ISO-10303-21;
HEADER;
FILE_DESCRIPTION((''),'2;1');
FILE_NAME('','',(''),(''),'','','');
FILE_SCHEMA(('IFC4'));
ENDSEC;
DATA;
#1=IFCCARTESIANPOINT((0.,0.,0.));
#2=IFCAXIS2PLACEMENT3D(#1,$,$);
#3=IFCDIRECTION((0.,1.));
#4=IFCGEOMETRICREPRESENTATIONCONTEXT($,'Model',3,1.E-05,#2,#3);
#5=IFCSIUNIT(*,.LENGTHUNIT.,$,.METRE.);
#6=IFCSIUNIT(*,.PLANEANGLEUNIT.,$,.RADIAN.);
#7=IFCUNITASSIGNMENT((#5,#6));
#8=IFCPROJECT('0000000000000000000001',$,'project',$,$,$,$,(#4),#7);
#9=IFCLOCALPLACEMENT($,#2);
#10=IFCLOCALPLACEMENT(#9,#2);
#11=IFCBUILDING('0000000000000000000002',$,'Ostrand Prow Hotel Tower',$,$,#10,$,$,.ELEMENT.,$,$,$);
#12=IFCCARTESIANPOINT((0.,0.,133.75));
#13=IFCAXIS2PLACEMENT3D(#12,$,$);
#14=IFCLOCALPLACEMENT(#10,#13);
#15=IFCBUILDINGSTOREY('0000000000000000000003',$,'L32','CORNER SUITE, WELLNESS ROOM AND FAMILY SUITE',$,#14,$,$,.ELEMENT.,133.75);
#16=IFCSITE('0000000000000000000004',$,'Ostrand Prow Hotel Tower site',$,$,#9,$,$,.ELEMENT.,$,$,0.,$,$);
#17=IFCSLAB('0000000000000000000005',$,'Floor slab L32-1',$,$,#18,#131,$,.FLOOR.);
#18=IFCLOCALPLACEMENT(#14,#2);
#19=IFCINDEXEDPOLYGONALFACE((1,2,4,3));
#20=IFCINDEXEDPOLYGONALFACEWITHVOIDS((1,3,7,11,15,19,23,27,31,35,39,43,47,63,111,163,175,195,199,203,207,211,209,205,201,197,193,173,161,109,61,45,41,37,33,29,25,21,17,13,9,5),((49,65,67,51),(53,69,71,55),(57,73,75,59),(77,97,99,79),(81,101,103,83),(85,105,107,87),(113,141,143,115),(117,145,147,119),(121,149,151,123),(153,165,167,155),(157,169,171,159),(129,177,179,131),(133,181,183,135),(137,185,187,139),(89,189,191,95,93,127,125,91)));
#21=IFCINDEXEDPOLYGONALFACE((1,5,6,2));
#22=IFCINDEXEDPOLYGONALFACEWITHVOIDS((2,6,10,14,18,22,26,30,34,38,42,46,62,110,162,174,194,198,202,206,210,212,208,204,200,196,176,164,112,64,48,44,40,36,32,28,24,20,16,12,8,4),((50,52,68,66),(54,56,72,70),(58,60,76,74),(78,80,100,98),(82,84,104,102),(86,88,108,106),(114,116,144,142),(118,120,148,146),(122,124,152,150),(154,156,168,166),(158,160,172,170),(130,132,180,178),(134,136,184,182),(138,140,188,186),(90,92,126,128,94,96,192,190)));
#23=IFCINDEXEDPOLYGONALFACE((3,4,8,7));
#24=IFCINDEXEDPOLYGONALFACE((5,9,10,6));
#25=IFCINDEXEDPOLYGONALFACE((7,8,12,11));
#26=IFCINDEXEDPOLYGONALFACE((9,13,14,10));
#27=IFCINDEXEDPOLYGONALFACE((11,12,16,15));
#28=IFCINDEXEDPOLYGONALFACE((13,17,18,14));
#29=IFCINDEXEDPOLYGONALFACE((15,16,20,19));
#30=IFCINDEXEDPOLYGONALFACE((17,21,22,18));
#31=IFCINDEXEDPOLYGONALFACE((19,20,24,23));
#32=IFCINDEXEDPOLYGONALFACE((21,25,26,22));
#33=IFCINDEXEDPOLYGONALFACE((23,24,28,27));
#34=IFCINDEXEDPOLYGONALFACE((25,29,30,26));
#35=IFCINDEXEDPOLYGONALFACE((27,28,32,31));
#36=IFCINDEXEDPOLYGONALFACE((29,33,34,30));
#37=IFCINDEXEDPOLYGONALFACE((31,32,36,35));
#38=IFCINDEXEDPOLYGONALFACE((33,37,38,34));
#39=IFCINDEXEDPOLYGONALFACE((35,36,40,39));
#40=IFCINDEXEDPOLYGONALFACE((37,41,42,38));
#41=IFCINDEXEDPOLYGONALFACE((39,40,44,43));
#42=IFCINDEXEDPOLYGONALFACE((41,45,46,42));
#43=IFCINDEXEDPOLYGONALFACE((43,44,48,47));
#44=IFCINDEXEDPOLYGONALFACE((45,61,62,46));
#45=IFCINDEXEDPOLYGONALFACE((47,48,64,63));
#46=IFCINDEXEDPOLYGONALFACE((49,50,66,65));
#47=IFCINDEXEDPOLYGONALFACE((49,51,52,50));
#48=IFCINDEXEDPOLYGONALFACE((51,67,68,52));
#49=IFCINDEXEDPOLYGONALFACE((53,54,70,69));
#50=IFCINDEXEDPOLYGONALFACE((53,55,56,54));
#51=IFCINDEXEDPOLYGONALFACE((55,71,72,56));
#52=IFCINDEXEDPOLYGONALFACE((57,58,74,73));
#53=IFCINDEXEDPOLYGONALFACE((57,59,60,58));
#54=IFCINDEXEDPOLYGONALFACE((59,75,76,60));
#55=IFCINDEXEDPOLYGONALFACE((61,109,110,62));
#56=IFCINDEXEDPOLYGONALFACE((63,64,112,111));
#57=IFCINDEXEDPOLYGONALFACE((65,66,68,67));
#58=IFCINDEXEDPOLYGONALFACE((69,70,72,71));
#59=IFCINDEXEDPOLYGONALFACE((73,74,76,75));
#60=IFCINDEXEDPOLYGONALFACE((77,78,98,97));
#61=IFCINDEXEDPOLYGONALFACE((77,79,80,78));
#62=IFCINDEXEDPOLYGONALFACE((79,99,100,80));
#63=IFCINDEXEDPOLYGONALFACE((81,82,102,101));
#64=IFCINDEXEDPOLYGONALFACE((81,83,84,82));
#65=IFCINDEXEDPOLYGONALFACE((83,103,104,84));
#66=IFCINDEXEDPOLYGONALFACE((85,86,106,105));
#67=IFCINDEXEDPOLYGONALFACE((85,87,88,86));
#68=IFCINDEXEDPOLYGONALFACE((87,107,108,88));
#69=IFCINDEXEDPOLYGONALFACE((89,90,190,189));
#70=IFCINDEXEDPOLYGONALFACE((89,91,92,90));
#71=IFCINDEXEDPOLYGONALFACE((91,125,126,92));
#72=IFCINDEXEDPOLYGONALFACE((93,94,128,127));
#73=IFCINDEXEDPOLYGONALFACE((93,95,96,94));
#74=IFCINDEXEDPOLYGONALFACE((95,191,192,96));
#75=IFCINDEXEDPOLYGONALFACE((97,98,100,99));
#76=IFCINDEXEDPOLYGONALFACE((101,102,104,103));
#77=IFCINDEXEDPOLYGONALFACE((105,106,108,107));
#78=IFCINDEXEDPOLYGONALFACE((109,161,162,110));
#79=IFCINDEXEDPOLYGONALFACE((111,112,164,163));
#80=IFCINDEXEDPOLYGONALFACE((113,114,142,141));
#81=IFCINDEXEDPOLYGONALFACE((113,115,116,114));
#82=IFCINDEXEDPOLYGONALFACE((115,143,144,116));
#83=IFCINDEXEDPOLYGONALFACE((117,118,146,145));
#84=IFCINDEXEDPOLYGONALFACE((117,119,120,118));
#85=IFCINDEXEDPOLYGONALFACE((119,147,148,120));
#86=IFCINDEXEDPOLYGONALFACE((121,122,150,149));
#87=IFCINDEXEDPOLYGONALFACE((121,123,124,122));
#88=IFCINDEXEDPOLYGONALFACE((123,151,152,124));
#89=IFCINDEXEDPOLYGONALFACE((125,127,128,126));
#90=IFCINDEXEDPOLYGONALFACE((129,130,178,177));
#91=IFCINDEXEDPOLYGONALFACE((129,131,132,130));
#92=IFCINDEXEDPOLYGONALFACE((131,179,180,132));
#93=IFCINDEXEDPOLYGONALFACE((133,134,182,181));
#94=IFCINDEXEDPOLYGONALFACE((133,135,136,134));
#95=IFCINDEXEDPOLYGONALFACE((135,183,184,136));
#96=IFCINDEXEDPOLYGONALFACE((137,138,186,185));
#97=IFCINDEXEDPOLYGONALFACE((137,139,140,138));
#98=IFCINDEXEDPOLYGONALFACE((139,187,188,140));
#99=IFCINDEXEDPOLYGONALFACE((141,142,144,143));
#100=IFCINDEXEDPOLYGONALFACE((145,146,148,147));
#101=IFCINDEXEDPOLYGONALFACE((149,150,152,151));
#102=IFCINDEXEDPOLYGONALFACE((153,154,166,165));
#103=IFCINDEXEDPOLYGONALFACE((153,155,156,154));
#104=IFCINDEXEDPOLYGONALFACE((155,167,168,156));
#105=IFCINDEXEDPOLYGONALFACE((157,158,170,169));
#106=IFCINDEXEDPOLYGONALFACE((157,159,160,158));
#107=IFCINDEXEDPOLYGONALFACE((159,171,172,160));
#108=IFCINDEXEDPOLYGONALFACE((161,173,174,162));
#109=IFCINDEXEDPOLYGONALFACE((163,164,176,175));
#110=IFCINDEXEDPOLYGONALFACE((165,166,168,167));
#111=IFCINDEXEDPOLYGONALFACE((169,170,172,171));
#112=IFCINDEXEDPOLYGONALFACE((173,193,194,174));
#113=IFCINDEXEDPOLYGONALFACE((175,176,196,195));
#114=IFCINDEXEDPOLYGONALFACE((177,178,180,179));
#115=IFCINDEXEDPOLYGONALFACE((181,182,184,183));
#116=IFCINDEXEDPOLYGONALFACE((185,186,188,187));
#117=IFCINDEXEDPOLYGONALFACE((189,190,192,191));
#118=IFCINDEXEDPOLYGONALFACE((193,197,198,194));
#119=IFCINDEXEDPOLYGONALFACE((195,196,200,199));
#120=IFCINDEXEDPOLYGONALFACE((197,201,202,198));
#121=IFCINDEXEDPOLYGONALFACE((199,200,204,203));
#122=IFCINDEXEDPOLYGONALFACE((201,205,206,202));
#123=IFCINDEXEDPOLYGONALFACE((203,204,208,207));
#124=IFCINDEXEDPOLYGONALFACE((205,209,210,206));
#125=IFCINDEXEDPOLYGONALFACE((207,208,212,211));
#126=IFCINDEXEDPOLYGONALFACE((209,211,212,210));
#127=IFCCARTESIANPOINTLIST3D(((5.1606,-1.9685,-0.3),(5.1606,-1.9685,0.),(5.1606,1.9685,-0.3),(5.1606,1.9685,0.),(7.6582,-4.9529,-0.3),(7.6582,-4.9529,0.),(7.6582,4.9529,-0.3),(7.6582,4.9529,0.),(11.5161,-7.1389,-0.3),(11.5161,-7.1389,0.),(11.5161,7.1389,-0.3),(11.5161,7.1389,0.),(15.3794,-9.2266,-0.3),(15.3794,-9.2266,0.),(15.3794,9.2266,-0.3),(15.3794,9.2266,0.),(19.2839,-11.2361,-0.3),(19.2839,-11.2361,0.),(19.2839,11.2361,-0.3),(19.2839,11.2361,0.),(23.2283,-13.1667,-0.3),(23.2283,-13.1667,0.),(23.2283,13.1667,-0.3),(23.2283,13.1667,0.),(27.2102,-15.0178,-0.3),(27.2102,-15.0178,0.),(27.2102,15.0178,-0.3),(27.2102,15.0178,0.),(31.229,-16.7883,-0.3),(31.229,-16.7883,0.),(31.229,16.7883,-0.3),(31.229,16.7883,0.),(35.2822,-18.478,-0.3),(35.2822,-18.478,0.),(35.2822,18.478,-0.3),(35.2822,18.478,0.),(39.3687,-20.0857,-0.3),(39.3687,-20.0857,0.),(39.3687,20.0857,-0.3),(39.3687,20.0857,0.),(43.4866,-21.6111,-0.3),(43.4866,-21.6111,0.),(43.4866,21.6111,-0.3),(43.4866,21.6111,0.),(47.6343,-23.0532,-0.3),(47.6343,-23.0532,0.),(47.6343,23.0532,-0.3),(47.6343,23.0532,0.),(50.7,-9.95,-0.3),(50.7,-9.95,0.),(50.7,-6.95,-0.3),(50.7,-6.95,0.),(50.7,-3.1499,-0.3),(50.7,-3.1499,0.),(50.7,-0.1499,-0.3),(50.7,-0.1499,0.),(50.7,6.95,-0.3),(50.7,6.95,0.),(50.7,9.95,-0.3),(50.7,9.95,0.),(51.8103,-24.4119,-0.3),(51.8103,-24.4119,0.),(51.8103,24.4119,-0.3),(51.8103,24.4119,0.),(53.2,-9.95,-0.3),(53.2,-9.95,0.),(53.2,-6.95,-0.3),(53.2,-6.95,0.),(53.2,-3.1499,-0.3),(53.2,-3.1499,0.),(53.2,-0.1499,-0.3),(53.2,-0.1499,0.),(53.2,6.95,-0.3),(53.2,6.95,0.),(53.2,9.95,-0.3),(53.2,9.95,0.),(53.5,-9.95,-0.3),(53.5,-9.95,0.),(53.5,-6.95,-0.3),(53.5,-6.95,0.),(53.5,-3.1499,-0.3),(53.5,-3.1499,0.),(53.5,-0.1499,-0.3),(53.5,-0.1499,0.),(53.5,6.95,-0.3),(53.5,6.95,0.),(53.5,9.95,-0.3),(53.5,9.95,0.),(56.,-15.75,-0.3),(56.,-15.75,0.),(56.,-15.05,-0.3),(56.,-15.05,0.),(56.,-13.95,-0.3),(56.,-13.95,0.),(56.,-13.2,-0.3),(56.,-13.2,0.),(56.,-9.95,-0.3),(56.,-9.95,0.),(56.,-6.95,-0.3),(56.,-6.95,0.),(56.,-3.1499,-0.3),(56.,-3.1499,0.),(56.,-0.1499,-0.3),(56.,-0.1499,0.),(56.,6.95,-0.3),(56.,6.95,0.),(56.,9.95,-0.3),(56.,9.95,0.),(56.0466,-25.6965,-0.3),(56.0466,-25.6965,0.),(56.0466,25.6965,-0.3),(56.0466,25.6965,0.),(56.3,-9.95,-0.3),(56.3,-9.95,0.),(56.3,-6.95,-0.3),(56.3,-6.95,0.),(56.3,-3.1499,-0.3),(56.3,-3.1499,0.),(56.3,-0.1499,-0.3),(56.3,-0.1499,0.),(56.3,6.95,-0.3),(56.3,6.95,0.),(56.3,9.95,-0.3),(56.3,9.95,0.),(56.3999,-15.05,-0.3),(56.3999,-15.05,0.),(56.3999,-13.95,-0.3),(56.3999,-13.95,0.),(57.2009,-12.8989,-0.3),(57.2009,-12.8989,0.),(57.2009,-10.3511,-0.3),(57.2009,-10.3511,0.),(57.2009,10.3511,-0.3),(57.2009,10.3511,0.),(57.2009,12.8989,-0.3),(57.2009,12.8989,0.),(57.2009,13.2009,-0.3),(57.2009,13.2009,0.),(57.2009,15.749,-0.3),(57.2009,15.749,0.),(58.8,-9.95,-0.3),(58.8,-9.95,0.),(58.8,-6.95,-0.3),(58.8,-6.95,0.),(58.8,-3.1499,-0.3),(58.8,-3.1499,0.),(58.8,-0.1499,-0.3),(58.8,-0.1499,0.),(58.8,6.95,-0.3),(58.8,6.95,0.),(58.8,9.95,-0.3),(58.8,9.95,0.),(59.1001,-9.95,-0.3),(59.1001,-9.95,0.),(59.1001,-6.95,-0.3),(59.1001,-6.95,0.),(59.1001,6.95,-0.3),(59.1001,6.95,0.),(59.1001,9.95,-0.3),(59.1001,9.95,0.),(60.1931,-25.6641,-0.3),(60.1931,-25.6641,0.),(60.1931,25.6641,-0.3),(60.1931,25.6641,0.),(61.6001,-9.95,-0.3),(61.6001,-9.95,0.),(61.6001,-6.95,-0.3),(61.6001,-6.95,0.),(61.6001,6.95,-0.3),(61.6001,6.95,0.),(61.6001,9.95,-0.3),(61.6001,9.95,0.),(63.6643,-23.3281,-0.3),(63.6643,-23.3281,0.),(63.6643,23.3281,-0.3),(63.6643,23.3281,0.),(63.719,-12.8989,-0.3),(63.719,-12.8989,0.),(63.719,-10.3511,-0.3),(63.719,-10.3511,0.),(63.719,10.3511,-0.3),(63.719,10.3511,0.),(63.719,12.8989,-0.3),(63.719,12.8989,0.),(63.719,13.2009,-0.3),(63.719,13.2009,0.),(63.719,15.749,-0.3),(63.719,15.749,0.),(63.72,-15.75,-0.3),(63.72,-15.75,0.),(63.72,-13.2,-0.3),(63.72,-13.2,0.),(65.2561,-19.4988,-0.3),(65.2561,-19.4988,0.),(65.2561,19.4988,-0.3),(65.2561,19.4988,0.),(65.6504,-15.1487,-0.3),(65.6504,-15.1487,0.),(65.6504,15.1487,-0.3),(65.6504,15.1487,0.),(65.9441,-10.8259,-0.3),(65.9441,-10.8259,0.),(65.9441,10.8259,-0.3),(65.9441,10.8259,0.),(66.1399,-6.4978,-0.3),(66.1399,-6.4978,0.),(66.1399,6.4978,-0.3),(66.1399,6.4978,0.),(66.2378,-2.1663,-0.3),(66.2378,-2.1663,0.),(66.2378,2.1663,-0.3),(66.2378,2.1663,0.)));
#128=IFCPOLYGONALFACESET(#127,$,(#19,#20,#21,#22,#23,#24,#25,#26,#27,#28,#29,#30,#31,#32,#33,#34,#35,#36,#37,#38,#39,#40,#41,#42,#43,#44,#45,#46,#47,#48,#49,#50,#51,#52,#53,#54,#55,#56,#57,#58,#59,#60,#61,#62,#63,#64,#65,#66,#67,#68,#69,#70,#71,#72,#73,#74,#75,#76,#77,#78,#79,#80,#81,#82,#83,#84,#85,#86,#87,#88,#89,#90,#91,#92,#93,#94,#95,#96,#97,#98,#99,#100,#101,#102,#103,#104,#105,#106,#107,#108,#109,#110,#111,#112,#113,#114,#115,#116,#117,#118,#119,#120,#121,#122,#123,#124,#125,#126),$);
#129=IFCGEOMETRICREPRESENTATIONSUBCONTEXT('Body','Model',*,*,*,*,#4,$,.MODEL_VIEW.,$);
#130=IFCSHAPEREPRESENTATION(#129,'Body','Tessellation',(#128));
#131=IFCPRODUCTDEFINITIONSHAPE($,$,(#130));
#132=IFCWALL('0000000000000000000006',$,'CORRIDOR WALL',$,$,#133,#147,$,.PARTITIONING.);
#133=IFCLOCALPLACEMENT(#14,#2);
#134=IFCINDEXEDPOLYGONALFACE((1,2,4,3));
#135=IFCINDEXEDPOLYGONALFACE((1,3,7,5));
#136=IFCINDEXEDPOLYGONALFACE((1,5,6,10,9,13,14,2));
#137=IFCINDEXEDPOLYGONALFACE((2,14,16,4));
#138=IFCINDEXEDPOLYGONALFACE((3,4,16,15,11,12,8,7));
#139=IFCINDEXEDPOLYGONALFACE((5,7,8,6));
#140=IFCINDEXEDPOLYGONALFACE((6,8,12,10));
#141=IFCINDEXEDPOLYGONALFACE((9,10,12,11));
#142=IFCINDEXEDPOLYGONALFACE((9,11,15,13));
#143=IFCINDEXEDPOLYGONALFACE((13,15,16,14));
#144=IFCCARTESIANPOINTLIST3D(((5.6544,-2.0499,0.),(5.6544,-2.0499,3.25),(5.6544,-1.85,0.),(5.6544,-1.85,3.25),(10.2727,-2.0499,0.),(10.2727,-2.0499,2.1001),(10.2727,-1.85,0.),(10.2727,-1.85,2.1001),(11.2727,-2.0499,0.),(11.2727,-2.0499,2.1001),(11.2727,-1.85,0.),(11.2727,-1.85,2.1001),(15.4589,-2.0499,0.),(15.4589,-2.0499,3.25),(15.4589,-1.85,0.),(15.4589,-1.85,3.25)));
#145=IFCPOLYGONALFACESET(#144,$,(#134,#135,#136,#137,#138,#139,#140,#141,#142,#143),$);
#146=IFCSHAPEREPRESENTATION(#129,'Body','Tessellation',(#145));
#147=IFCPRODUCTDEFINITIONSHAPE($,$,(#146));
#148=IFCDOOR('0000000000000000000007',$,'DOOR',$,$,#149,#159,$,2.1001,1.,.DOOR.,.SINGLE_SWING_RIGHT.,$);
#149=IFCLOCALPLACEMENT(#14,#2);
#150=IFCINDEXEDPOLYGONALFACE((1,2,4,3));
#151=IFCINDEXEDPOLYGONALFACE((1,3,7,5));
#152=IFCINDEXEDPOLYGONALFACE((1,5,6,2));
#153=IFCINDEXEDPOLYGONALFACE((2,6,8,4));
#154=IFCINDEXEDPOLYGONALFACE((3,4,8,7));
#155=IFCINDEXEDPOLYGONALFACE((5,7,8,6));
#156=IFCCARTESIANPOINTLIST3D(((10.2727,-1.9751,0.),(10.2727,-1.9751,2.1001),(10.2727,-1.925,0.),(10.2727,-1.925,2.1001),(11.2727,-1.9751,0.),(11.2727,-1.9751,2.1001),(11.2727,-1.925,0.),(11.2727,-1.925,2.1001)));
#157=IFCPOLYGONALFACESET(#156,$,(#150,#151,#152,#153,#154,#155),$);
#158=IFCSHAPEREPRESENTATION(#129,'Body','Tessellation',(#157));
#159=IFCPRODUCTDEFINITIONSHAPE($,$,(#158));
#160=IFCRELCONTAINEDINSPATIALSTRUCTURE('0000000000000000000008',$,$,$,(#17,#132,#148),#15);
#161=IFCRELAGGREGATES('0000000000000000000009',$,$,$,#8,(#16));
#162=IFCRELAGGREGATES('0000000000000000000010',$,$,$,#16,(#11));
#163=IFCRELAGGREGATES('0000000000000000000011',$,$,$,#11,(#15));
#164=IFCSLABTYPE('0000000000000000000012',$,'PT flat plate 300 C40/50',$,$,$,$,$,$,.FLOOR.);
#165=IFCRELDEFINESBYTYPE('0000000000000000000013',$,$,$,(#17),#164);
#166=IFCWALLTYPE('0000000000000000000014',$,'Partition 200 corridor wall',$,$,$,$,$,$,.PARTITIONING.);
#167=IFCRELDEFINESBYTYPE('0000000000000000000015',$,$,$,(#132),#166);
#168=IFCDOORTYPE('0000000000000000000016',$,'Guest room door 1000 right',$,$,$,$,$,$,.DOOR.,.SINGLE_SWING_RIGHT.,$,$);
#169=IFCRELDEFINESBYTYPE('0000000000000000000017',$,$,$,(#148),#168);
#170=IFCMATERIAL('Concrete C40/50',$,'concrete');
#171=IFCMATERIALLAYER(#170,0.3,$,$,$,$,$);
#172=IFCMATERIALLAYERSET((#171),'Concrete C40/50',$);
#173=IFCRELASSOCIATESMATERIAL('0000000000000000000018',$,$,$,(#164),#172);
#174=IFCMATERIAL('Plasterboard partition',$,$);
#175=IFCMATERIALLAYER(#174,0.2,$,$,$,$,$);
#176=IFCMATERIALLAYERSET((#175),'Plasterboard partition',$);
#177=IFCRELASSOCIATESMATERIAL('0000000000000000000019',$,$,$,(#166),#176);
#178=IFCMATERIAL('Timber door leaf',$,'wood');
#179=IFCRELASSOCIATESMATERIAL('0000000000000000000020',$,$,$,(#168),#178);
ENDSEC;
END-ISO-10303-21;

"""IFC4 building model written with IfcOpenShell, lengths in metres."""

from ifc_helpers import new_model, si_unit, direction, frame, frame_2d, origin, place, context, subcontext, project, spatial, polyline, rectangle, outline, extrude, material, layer, layer_set, type_object, element, fill, save


model = new_model("IFC4")

# Units and contexts
model_context = context("Model", 3, precision=1e-05, world=origin(), true_north=direction((0.0, 1.0)))
body_context = subcontext(model_context, "Body", "Model", "MODEL_VIEW")
ifc_project = project(units=[si_unit("LENGTHUNIT", "METRE"), si_unit("PLANEANGLEUNIT", "RADIAN")], contexts=[model_context])

# Site, building, storey
site_placement = place(None, origin())
site = spatial("IfcSite", under=ifc_project, at=site_placement, Name="Ostrand Prow Hotel Tower site", CompositionType="ELEMENT", RefElevation=0.0)
building_placement = place(site_placement, origin())
building = spatial("IfcBuilding", under=site, at=building_placement, Name="Ostrand Prow Hotel Tower", CompositionType="ELEMENT")
storey_placement = place(building_placement, frame((0.0, 0.0, 133.75)))
storey = spatial("IfcBuildingStorey", under=building, at=storey_placement, Name="L32", Description="CORNER SUITE, WELLNESS ROOM AND FAMILY SUITE", CompositionType="ELEMENT", Elevation=133.75)

# Slab, opening
ifc_material_1 = material(Name="Concrete C40/50", Category="concrete")
ifc_layer_1 = layer(ifc_material_1, 0.3)
ifc_layer_set_1 = layer_set([ifc_layer_1], Name="Concrete C40/50")
slab_type = type_object("IfcSlabType", Name="PT flat plate 300 C40/50", PredefinedType="FLOOR", material=ifc_layer_set_1)
slab_placement = place(storey_placement, frame((0.0, 0.0, -0.3)))
slab = element("IfcSlab", 1, at=slab_placement, inside=storey, type_object=slab_type, Name="Floor slab L32-1", PredefinedType="FLOOR", context=body_context, shape_type="SweptSolid", body=[
    extrude(outline(polyline([(7.6582, 4.9529), (11.5161, 7.1389), (15.3794, 9.2266), (19.2839, 11.2361), (23.2283, 13.1667), (27.2102, 15.0178), (31.229, 16.7883), (35.2822, 18.478), (39.3687, 20.0857), (43.4866, 21.6111), (47.6343, 23.0532), (51.8103, 24.4119), (56.0466, 25.6965), (60.1931, 25.6641), (63.6643, 23.3281), (65.2561, 19.4988), (65.6504, 15.1487), (65.9441, 10.8259), (66.1399, 6.4978), (66.2378, 2.1663), (66.2378, -2.1663), (66.1399, -6.4978), (65.9441, -10.8259), (65.6504, -15.1487), (65.2561, -19.4988), (63.6643, -23.3281), (60.1931, -25.6641), (56.0466, -25.6965), (51.8103, -24.4119), (47.6343, -23.0532), (43.4866, -21.6111), (39.3687, -20.0857), (35.2822, -18.478), (31.229, -16.7883), (27.2102, -15.0178), (23.2283, -13.1667), (19.2839, -11.2361), (15.3794, -9.2266), (11.5161, -7.1389), (7.6582, -4.9529), (5.1606, -1.9685), (5.1606, 1.9685), (7.6582, 4.9529)]), holes=[polyline([(50.7, 6.95), (53.2, 6.95), (53.2, 9.95), (50.7, 9.95), (50.7, 6.95)]), polyline([(53.5, 6.95), (56.0, 6.95), (56.0, 9.95), (53.5, 9.95), (53.5, 6.95)]), polyline([(56.3, 6.95), (58.8, 6.95), (58.8, 9.95), (56.3, 9.95), (56.3, 6.95)]), polyline([(59.1001, 6.95), (61.6001, 6.95), (61.6001, 9.95), (59.1001, 9.95), (59.1001, 6.95)]), polyline([(50.7, -3.1499), (53.2, -3.1499), (53.2, -0.1499), (50.7, -0.1499), (50.7, -3.1499)]), polyline([(53.5, -3.1499), (56.0, -3.1499), (56.0, -0.1499), (53.5, -0.1499), (53.5, -3.1499)]), polyline([(56.3, -3.1499), (58.8, -3.1499), (58.8, -0.1499), (56.3, -0.1499), (56.3, -3.1499)]), polyline([(50.7, -9.95), (53.2, -9.95), (53.2, -6.95), (50.7, -6.95), (50.7, -9.95)]), polyline([(53.5, -9.95), (56.0, -9.95), (56.0, -6.95), (53.5, -6.95), (53.5, -9.95)]), polyline([(56.3, -9.95), (58.8, -9.95), (58.8, -6.95), (56.3, -6.95), (56.3, -9.95)]), polyline([(59.1001, -9.95), (61.6001, -9.95), (61.6001, -6.95), (59.1001, -6.95), (59.1001, -9.95)]), polyline([(57.2009, 10.3511), (57.2009, 12.8989), (63.719, 12.8989), (63.719, 10.3511), (57.2009, 10.3511)]), polyline([(57.2009, 13.2009), (57.2009, 15.749), (63.719, 15.749), (63.719, 13.2009), (57.2009, 13.2009)]), polyline([(57.2009, -12.8989), (57.2009, -10.3511), (63.719, -10.3511), (63.719, -12.8989), (57.2009, -12.8989)]), polyline([(56.0, -13.2), (63.72, -13.2), (63.72, -15.75), (56.0, -15.75), (56.0, -15.05), (56.3999, -15.05), (56.3999, -13.95), (56.0, -13.95), (56.0, -13.2)])]), origin(), (0.0, 0.0, 1.0), 0.3),
])
opening_1_placement = place(slab_placement, origin())
element("IfcOpeningElement", 2, at=opening_1_placement, cuts=slab, PredefinedType="OPENING", context=body_context, shape_type="SweptSolid", body=[
    extrude(outline(polyline([(56.0, -13.2), (63.72, -13.2), (63.72, -15.75), (56.0, -15.75), (56.0, -15.05), (56.3999, -15.05), (56.3999, -13.95), (56.0, -13.95), (56.0, -13.2)])), origin(), (0.0, 0.0, 1.0), 0.3),
])

# Wall, opening, door
ifc_material_2 = material(Name="Plasterboard partition")
ifc_layer_2 = layer(ifc_material_2, 0.2)
ifc_layer_set_2 = layer_set([ifc_layer_2], Name="Plasterboard partition")
wall_type_1 = type_object("IfcWallType", Name="Partition 200 corridor wall", PredefinedType="PARTITIONING", material=ifc_layer_set_2)
wall_1_placement = place(storey_placement, frame((5.6543, -1.95, 0.0), z_axis=(0.0, 0.0, 1.0), x_axis=(1.0, 0.0, 0.0)))
wall_1 = element("IfcWall", 3, at=wall_1_placement, inside=storey, type_object=wall_type_1, Name="CORRIDOR WALL", PredefinedType="PARTITIONING", context=body_context, shape_type="SweptSolid", body=[
    extrude(rectangle(XDim=9.8044, YDim=0.2, at=frame_2d((4.9023, 0.0))), origin(), (0.0, 0.0, 1.0), 3.25),
])
opening_2_placement = place(wall_1_placement, frame((4.6184, 0.0, 0.0)))
opening_2 = element("IfcOpeningElement", 4, at=opening_2_placement, cuts=wall_1, PredefinedType="OPENING", context=body_context, shape_type="SweptSolid", body=[
    extrude(rectangle(XDim=1.0, YDim=2.1001, at=frame_2d((0.5, 1.05))), frame((0.0, 0.1099, 0.0), z_axis=(0.0, -1.0, 0.0), x_axis=(1.0, 0.0, 0.0)), (0.0, 0.0, 1.0), 0.22),
])
ifc_material_3 = material(Name="Timber door leaf", Category="wood")
door_type = type_object("IfcDoorType", Name="Guest room door 1000 right", OperationType="SINGLE_SWING_RIGHT", PredefinedType="DOOR", material=ifc_material_3)
door_placement = place(opening_2_placement, origin())
door = element("IfcDoor", 5, at=door_placement, inside=storey, type_object=door_type, Name="DOOR", OperationType="SINGLE_SWING_RIGHT", OverallHeight=2.1001, OverallWidth=1.0, PredefinedType="DOOR", context=body_context, shape_type="SweptSolid", body=[
    extrude(rectangle(XDim=1.0, YDim=2.1001, at=frame_2d((0.5, 1.05))), frame((0.0, 0.0249, 0.0), z_axis=(0.0, -1.0, 0.0), x_axis=(1.0, 0.0, 0.0)), (0.0, 0.0, 1.0), 0.05),
])
fill(opening_2, door)

save(model, "model.ifc")
